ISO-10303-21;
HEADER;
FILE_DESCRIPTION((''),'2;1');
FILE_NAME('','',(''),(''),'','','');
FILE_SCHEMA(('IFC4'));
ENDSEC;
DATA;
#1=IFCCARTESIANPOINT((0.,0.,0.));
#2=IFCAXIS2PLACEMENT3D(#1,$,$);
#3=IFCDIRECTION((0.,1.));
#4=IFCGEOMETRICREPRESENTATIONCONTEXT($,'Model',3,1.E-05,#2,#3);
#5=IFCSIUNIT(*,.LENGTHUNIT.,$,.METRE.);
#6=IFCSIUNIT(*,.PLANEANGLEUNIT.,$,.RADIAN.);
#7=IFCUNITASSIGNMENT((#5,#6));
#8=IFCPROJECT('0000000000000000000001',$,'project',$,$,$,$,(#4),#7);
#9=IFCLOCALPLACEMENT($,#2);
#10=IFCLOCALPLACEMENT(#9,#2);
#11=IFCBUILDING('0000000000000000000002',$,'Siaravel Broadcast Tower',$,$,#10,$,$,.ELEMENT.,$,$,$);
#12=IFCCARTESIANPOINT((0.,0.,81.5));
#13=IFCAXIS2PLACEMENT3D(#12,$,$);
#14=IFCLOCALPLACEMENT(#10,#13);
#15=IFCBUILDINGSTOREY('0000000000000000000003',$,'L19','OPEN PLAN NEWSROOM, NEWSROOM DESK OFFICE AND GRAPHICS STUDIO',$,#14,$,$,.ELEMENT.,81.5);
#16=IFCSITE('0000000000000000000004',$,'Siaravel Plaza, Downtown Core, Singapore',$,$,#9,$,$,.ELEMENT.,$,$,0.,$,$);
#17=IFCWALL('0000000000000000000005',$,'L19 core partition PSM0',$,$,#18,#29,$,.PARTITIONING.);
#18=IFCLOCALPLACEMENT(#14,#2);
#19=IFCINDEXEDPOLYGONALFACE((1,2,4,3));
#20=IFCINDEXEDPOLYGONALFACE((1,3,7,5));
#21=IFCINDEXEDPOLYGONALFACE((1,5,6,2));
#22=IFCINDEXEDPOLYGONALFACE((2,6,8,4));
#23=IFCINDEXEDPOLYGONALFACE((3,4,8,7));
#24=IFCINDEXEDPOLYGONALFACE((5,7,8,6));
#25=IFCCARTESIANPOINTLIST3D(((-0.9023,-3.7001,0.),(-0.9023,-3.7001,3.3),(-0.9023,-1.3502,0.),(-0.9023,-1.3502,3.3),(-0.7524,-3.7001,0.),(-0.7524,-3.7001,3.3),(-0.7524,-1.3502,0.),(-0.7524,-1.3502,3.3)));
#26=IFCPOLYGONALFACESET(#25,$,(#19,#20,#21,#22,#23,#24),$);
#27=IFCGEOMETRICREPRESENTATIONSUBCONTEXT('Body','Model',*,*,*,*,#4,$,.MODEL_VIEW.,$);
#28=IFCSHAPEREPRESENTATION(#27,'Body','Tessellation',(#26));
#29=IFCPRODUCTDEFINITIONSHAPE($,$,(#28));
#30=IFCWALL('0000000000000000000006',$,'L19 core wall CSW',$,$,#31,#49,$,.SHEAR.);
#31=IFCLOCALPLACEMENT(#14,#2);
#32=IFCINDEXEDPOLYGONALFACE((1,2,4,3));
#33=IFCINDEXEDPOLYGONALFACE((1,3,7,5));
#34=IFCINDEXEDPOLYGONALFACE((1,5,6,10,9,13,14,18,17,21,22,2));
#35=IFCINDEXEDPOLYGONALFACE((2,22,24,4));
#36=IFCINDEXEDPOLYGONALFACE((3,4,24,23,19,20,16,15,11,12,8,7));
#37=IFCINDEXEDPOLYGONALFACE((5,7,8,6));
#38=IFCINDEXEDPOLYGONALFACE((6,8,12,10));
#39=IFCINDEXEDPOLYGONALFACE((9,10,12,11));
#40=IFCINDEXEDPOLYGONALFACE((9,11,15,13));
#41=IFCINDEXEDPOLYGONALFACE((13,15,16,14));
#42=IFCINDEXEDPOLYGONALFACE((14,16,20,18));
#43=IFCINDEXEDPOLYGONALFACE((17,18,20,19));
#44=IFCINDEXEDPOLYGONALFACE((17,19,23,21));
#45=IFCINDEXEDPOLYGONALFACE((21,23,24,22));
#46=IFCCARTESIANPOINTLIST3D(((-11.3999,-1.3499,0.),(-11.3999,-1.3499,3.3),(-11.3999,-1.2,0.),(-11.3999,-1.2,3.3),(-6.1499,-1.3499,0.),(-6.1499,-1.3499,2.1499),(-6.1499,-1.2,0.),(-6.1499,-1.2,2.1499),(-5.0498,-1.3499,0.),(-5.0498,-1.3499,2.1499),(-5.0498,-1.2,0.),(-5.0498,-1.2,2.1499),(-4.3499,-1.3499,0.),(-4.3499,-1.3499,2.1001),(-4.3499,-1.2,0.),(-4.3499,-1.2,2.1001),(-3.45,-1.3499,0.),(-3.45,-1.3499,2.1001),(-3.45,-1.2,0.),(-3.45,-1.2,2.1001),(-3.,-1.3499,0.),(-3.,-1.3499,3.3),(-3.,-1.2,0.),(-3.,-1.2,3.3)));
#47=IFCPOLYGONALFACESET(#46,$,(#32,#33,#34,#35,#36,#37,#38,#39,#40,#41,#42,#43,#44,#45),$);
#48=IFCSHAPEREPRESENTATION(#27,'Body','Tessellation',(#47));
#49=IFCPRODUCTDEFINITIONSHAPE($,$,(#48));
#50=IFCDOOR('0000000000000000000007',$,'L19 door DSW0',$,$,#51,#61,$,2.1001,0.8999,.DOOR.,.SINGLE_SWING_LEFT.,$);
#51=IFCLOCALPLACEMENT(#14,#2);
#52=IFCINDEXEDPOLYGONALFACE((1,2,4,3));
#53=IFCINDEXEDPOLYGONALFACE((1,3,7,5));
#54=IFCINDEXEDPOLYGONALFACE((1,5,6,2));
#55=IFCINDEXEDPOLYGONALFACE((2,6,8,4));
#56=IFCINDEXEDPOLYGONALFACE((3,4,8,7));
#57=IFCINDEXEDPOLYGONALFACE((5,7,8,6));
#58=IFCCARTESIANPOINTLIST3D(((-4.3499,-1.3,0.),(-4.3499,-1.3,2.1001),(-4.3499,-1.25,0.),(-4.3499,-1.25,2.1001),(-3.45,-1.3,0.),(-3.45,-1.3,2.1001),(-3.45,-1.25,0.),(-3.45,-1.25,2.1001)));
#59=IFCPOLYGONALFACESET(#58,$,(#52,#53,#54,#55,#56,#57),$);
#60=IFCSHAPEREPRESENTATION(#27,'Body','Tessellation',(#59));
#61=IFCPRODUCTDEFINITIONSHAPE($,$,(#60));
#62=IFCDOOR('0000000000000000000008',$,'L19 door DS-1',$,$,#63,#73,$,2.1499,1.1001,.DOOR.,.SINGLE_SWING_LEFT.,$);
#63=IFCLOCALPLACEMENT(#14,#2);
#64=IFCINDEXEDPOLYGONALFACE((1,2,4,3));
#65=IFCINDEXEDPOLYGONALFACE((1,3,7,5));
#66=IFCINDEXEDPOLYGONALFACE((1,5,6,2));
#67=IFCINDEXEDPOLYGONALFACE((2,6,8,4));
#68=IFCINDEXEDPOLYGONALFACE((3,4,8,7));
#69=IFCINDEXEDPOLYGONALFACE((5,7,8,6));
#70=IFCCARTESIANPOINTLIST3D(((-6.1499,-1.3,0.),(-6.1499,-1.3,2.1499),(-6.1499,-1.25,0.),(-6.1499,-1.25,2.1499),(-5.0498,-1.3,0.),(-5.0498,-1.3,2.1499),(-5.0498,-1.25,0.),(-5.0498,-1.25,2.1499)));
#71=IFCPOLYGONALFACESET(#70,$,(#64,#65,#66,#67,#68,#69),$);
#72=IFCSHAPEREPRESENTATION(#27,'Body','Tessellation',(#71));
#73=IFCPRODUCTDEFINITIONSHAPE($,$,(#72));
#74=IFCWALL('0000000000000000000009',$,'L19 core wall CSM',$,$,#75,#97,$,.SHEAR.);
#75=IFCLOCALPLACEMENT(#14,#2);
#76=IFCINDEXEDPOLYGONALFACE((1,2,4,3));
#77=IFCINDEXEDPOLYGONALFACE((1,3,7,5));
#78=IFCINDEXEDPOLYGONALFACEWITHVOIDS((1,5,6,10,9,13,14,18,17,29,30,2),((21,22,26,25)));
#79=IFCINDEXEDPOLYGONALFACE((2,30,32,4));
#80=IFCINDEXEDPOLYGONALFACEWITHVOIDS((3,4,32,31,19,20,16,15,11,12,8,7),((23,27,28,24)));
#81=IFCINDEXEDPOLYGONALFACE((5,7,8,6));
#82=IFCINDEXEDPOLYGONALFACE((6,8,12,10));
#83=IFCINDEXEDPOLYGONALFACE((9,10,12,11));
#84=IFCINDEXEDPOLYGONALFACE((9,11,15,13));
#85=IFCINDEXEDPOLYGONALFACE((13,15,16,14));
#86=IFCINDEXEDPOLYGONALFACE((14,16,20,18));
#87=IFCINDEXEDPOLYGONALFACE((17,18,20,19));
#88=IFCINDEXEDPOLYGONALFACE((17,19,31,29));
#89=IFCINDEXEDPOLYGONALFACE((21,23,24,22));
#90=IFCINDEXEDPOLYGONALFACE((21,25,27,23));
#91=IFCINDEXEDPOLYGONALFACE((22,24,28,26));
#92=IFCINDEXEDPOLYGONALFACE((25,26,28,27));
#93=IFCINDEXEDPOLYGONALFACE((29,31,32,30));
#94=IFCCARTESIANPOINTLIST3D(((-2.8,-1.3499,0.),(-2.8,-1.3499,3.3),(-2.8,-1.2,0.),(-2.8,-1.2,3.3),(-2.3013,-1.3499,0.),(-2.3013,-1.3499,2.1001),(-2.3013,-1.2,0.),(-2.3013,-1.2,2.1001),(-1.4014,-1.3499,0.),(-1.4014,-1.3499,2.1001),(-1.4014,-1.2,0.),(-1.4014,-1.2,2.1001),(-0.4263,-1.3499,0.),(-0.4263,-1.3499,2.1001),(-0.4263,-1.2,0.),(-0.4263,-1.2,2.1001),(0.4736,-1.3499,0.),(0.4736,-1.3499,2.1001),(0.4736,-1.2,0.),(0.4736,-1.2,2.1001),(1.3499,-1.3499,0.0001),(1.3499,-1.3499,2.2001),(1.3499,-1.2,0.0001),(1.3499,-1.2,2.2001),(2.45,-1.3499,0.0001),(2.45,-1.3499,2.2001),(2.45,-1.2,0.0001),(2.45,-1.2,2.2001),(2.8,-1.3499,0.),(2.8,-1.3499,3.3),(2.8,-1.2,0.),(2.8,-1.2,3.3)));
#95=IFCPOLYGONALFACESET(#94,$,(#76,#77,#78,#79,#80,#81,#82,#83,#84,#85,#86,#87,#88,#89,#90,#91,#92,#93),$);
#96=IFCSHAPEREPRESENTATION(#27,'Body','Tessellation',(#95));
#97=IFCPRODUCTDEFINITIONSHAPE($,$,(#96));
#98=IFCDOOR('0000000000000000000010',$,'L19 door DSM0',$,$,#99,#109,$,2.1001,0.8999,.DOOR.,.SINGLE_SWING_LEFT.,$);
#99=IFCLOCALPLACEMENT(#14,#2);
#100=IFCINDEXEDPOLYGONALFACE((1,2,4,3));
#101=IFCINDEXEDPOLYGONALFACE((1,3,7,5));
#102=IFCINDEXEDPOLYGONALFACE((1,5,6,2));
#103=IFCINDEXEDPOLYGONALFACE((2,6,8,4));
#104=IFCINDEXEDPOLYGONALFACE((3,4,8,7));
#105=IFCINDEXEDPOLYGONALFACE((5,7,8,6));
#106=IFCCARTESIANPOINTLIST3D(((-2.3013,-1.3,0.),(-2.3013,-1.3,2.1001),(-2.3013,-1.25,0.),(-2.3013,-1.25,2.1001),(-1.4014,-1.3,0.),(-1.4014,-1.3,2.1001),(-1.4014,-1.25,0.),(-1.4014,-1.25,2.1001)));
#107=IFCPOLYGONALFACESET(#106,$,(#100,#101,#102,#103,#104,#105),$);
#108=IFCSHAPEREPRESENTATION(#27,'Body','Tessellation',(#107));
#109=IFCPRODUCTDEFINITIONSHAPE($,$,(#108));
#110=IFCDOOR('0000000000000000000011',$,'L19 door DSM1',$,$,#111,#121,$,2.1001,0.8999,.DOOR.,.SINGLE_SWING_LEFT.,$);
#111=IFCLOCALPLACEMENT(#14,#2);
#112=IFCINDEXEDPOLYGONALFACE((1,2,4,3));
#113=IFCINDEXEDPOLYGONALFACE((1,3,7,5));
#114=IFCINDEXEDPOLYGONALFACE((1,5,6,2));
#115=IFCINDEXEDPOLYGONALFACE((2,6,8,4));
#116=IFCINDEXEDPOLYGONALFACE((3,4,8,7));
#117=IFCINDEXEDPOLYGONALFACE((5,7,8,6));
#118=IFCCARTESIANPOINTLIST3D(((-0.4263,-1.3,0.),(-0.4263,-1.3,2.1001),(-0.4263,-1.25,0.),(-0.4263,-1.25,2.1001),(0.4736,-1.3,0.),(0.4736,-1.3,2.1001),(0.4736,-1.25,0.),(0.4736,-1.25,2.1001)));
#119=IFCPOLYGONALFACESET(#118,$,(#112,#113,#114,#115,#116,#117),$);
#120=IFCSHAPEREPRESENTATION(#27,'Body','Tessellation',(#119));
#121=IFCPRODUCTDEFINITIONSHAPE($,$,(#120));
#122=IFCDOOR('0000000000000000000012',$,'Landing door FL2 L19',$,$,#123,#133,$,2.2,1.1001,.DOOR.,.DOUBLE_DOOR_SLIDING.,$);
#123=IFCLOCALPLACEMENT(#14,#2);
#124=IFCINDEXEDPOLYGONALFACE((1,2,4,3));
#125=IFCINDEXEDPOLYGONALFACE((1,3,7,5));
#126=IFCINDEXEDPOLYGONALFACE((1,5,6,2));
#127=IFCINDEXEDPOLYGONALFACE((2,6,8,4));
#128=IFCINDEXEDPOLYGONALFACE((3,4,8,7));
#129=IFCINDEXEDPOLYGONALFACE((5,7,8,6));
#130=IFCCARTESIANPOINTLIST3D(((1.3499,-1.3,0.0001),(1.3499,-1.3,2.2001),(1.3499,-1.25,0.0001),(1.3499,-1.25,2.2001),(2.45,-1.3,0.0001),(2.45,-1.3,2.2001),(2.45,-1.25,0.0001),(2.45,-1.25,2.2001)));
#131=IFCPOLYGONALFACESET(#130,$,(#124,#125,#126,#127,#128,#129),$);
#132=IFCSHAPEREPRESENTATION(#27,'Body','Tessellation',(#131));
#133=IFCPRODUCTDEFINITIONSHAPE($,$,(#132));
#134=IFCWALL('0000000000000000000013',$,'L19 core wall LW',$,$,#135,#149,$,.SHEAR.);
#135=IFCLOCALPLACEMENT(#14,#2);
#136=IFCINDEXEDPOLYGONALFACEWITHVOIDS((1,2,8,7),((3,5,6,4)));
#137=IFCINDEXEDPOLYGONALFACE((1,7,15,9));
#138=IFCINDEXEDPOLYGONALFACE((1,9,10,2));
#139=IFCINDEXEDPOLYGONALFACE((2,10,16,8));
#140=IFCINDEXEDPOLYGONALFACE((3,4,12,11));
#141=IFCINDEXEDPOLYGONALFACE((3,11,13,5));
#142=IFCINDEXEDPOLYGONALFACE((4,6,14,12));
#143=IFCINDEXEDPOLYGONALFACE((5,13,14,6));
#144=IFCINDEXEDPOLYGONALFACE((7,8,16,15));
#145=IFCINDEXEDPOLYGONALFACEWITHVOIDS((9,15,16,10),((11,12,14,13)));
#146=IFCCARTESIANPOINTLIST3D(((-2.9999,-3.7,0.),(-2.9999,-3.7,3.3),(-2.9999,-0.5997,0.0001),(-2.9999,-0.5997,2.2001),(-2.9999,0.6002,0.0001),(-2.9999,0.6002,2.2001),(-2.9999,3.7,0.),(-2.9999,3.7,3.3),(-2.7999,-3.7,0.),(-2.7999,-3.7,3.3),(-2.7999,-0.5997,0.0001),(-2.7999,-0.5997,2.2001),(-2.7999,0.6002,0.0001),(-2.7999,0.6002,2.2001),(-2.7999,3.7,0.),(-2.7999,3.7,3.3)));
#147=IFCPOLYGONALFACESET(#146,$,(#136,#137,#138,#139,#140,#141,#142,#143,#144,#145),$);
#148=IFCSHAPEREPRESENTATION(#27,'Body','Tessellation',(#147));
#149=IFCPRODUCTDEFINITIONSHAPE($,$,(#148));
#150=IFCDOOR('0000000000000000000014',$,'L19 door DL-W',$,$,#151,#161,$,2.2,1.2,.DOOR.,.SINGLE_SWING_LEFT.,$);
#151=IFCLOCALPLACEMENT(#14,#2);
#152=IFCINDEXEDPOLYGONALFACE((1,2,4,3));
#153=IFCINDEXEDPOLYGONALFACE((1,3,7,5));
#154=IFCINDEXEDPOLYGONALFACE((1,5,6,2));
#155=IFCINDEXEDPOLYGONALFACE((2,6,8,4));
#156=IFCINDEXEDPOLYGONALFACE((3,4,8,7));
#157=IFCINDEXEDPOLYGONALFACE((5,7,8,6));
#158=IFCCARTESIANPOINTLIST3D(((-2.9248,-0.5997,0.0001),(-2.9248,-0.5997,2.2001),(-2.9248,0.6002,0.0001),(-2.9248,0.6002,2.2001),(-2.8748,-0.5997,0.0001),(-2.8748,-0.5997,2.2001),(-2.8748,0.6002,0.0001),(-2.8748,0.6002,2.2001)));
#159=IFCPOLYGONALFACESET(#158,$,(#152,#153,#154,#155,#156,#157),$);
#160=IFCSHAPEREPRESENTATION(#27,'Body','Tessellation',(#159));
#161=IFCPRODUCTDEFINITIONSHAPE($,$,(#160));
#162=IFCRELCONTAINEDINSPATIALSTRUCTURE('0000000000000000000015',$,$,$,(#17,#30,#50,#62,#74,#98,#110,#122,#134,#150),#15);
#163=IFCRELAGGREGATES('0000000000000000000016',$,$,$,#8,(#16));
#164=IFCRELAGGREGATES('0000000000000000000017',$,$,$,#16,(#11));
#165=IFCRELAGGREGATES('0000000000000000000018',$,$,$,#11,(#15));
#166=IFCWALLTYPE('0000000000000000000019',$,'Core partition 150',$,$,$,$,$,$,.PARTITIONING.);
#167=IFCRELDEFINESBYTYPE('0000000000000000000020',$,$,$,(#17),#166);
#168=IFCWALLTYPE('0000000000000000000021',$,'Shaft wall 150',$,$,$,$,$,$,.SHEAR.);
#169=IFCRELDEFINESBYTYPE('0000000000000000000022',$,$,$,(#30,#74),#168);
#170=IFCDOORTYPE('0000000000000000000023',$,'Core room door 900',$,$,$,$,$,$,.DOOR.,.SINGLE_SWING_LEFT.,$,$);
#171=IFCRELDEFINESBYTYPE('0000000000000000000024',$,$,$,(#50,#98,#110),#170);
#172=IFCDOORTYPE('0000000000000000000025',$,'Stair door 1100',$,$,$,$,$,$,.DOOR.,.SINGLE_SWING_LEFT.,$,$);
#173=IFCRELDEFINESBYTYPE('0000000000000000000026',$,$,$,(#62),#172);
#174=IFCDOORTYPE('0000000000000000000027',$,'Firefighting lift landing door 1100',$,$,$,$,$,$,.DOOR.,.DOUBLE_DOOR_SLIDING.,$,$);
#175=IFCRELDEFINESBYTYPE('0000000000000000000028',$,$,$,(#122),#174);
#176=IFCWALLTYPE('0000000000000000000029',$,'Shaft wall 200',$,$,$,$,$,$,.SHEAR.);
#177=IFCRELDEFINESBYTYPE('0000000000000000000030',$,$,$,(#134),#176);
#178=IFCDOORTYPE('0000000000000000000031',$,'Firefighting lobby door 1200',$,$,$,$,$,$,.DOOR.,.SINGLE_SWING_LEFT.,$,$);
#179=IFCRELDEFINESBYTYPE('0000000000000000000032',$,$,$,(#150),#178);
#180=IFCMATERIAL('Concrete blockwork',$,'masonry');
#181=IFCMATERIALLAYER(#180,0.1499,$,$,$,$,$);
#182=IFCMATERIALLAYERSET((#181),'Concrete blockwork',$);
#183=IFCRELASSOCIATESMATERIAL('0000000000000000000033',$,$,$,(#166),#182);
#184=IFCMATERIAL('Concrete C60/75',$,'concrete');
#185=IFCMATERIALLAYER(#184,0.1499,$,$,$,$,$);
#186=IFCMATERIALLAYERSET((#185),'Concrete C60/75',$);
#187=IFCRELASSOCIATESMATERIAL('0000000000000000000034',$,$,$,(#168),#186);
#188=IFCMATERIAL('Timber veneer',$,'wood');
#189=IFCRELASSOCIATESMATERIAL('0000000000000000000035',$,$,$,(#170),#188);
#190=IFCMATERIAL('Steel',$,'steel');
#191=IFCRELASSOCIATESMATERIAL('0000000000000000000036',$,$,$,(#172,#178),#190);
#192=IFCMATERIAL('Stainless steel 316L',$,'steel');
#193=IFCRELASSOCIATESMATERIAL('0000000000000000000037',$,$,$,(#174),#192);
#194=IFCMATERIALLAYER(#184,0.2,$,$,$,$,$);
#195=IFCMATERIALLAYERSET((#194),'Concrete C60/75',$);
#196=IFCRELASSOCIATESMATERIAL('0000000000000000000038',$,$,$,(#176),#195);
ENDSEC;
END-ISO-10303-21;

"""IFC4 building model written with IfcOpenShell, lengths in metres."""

from ifc_helpers import new_model, si_unit, direction, frame, frame_2d, origin, place, context, subcontext, project, spatial, rectangle, extrude, material, layer, layer_set, type_object, element, fill, save


model = new_model("IFC4")

# Units and contexts
model_context = context("Model", 3, precision=1e-05, world=origin(), true_north=direction((0.0, 1.0)))
body_context = subcontext(model_context, "Body", "Model", "MODEL_VIEW")
ifc_project = project(units=[si_unit("LENGTHUNIT", "METRE"), si_unit("PLANEANGLEUNIT", "RADIAN")], contexts=[model_context])

# Site, building, storey
site_placement = place(None, origin())
site = spatial("IfcSite", under=ifc_project, at=site_placement, Name="Siaravel Plaza, Downtown Core, Singapore", CompositionType="ELEMENT", RefElevation=0.0)
building_placement = place(site_placement, origin())
building = spatial("IfcBuilding", under=site, at=building_placement, Name="Siaravel Broadcast Tower", CompositionType="ELEMENT")
storey_placement = place(building_placement, frame((0.0, 0.0, 81.5)))
storey = spatial("IfcBuildingStorey", under=building, at=storey_placement, Name="L19", Description="OPEN PLAN NEWSROOM, NEWSROOM DESK OFFICE AND GRAPHICS STUDIO", CompositionType="ELEMENT", Elevation=81.5)

# Wall
ifc_material_1 = material(Name="Concrete blockwork", Category="masonry")
ifc_layer_1 = layer(ifc_material_1, 0.1499)
ifc_layer_set_1 = layer_set([ifc_layer_1], Name="Concrete blockwork")
wall_type_1 = type_object("IfcWallType", Name="Core partition 150", PredefinedType="PARTITIONING", material=ifc_layer_set_1)
wall_1_placement = place(storey_placement, frame((-0.8274, -3.7, 0.0), z_axis=(0.0, 0.0, 1.0), x_axis=(0.0, 1.0, 0.0)))
element("IfcWall", 1, at=wall_1_placement, inside=storey, type_object=wall_type_1, Name="L19 core partition PSM0", PredefinedType="PARTITIONING", context=body_context, shape_type="SweptSolid", body=[
    extrude(rectangle(XDim=2.3499, YDim=0.1499, at=frame_2d((1.1748, 0.0))), origin(), (0.0, 0.0, 1.0), 3.3),
])

# Walls, openings, doors
ifc_material_2 = material(Name="Concrete C60/75", Category="concrete")
ifc_layer_2 = layer(ifc_material_2, 0.1499)
ifc_layer_set_2 = layer_set([ifc_layer_2], Name="Concrete C60/75")
wall_type_2 = type_object("IfcWallType", Name="Shaft wall 150", PredefinedType="SHEAR", material=ifc_layer_set_2)
wall_2_placement = place(storey_placement, frame((-11.3999, -1.2749, 0.0), z_axis=(0.0, 0.0, 1.0), x_axis=(1.0, 0.0, 0.0)))
wall_2 = element("IfcWall", 2, at=wall_2_placement, inside=storey, type_object=wall_type_2, Name="L19 core wall CSW", PredefinedType="SHEAR", context=body_context, shape_type="SweptSolid", body=[
    extrude(rectangle(XDim=8.3999, YDim=0.1499, at=frame_2d((4.2, 0.0))), origin(), (0.0, 0.0, 1.0), 3.3),
])
opening_1_placement = place(wall_2_placement, frame((5.25, 0.0, 0.0)))
opening_1 = element("IfcOpeningElement", 3, at=opening_1_placement, cuts=wall_2, PredefinedType="OPENING", context=body_context, shape_type="SweptSolid", body=[
    extrude(rectangle(XDim=1.1001, YDim=2.1499, at=frame_2d((0.55, 1.075))), frame((0.0, 0.085, 0.0), z_axis=(0.0, -1.0, 0.0), x_axis=(1.0, 0.0, 0.0)), (0.0, 0.0, 1.0), 0.1699),
])
opening_2_placement = place(wall_2_placement, frame((7.05, 0.0, 0.0)))
opening_2 = element("IfcOpeningElement", 4, at=opening_2_placement, cuts=wall_2, PredefinedType="OPENING", context=body_context, shape_type="SweptSolid", body=[
    extrude(rectangle(XDim=0.8999, YDim=2.1001, at=frame_2d((0.45, 1.05))), frame((0.0, 0.085, 0.0), z_axis=(0.0, -1.0, 0.0), x_axis=(1.0, 0.0, 0.0)), (0.0, 0.0, 1.0), 0.1699),
])
ifc_material_3 = material(Name="Timber veneer", Category="wood")
door_type_1 = type_object("IfcDoorType", Name="Core room door 900", OperationType="SINGLE_SWING_LEFT", PredefinedType="DOOR", material=ifc_material_3)
door_1_placement = place(opening_2_placement, origin())
door_1 = element("IfcDoor", 5, at=door_1_placement, inside=storey, type_object=door_type_1, Name="L19 door DSW0", OperationType="SINGLE_SWING_LEFT", OverallHeight=2.1001, OverallWidth=0.8999, PredefinedType="DOOR", context=body_context, shape_type="SweptSolid", body=[
    extrude(rectangle(XDim=0.8999, YDim=2.1001, at=frame_2d((0.45, 1.05))), frame((0.0, 0.0249, 0.0), z_axis=(0.0, -1.0, 0.0), x_axis=(1.0, 0.0, 0.0)), (0.0, 0.0, 1.0), 0.05),
])
fill(opening_2, door_1)
ifc_material_4 = material(Name="Steel", Category="steel")
door_type_2 = type_object("IfcDoorType", Name="Stair door 1100", OperationType="SINGLE_SWING_LEFT", PredefinedType="DOOR", material=ifc_material_4)
door_2_placement = place(opening_1_placement, origin())
door_2 = element("IfcDoor", 6, at=door_2_placement, inside=storey, type_object=door_type_2, Name="L19 door DS-1", OperationType="SINGLE_SWING_LEFT", OverallHeight=2.1499, OverallWidth=1.1001, PredefinedType="DOOR", context=body_context, shape_type="SweptSolid", body=[
    extrude(rectangle(XDim=1.1001, YDim=2.1499, at=frame_2d((0.55, 1.075))), frame((0.0, 0.0249, 0.0), z_axis=(0.0, -1.0, 0.0), x_axis=(1.0, 0.0, 0.0)), (0.0, 0.0, 1.0), 0.05),
])
fill(opening_1, door_2)
wall_3_placement = place(storey_placement, frame((-2.8, -1.2749, 0.0), z_axis=(0.0, 0.0, 1.0), x_axis=(1.0, 0.0, 0.0)))
wall_3 = element("IfcWall", 7, at=wall_3_placement, inside=storey, type_object=wall_type_2, Name="L19 core wall CSM", PredefinedType="SHEAR", context=body_context, shape_type="SweptSolid", body=[
    extrude(rectangle(XDim=5.6001, YDim=0.1499, at=frame_2d((2.8, 0.0))), origin(), (0.0, 0.0, 1.0), 3.3),
])
opening_3_placement = place(wall_3_placement, frame((4.1499, 0.0, 0.0)))
opening_3 = element("IfcOpeningElement", 8, at=opening_3_placement, cuts=wall_3, PredefinedType="OPENING", context=body_context, shape_type="SweptSolid", body=[
    extrude(rectangle(XDim=1.1001, YDim=2.2, at=frame_2d((0.55, 1.1001))), frame((0.0, 0.085, 0.0), z_axis=(0.0, -1.0, 0.0), x_axis=(1.0, 0.0, 0.0)), (0.0, 0.0, 1.0), 0.1699),
])
opening_4_placement = place(wall_3_placement, frame((0.4988, 0.0, 0.0)))
opening_4 = element("IfcOpeningElement", 9, at=opening_4_placement, cuts=wall_3, PredefinedType="OPENING", context=body_context, shape_type="SweptSolid", body=[
    extrude(rectangle(XDim=0.8999, YDim=2.1001, at=frame_2d((0.45, 1.05))), frame((0.0, 0.085, 0.0), z_axis=(0.0, -1.0, 0.0), x_axis=(1.0, 0.0, 0.0)), (0.0, 0.0, 1.0), 0.1699),
])
opening_5_placement = place(wall_3_placement, frame((2.3738, 0.0, 0.0)))
opening_5 = element("IfcOpeningElement", 10, at=opening_5_placement, cuts=wall_3, PredefinedType="OPENING", context=body_context, shape_type="SweptSolid", body=[
    extrude(rectangle(XDim=0.8999, YDim=2.1001, at=frame_2d((0.45, 1.05))), frame((0.0, 0.085, 0.0), z_axis=(0.0, -1.0, 0.0), x_axis=(1.0, 0.0, 0.0)), (0.0, 0.0, 1.0), 0.1699),
])
door_3_placement = place(opening_4_placement, origin())
door_3 = element("IfcDoor", 11, at=door_3_placement, inside=storey, type_object=door_type_1, Name="L19 door DSM0", OperationType="SINGLE_SWING_LEFT", OverallHeight=2.1001, OverallWidth=0.8999, PredefinedType="DOOR", context=body_context, shape_type="SweptSolid", body=[
    extrude(rectangle(XDim=0.8999, YDim=2.1001, at=frame_2d((0.45, 1.05))), frame((0.0, 0.0249, 0.0), z_axis=(0.0, -1.0, 0.0), x_axis=(1.0, 0.0, 0.0)), (0.0, 0.0, 1.0), 0.05),
])
fill(opening_4, door_3)
door_4_placement = place(opening_5_placement, origin())
door_4 = element("IfcDoor", 12, at=door_4_placement, inside=storey, type_object=door_type_1, Name="L19 door DSM1", OperationType="SINGLE_SWING_LEFT", OverallHeight=2.1001, OverallWidth=0.8999, PredefinedType="DOOR", context=body_context, shape_type="SweptSolid", body=[
    extrude(rectangle(XDim=0.8999, YDim=2.1001, at=frame_2d((0.45, 1.05))), frame((0.0, 0.0249, 0.0), z_axis=(0.0, -1.0, 0.0), x_axis=(1.0, 0.0, 0.0)), (0.0, 0.0, 1.0), 0.05),
])
fill(opening_5, door_4)
ifc_material_5 = material(Name="Stainless steel 316L", Category="steel")
door_type_3 = type_object("IfcDoorType", Name="Firefighting lift landing door 1100", OperationType="DOUBLE_DOOR_SLIDING", PredefinedType="DOOR", material=ifc_material_5)
door_5_placement = place(opening_3_placement, origin())
door_5 = element("IfcDoor", 13, at=door_5_placement, inside=storey, type_object=door_type_3, Name="Landing door FL2 L19", OperationType="DOUBLE_DOOR_SLIDING", OverallHeight=2.2, OverallWidth=1.1001, PredefinedType="DOOR", context=body_context, shape_type="SweptSolid", body=[
    extrude(rectangle(XDim=1.1001, YDim=2.2, at=frame_2d((0.55, 1.1001))), frame((0.0, 0.0249, 0.0), z_axis=(0.0, -1.0, 0.0), x_axis=(1.0, 0.0, 0.0)), (0.0, 0.0, 1.0), 0.05),
])
fill(opening_3, door_5)

# Wall, opening, door
ifc_layer_3 = layer(ifc_material_2, 0.2)
ifc_layer_set_3 = layer_set([ifc_layer_3], Name="Concrete C60/75")
wall_type_3 = type_object("IfcWallType", Name="Shaft wall 200", PredefinedType="SHEAR", material=ifc_layer_set_3)
wall_4_placement = place(storey_placement, frame((-2.8999, -3.7, 0.0), z_axis=(0.0, 0.0, 1.0), x_axis=(0.0, 1.0, 0.0)))
wall_4 = element("IfcWall", 14, at=wall_4_placement, inside=storey, type_object=wall_type_3, Name="L19 core wall LW", PredefinedType="SHEAR", context=body_context, shape_type="SweptSolid", body=[
    extrude(rectangle(XDim=7.3999, YDim=0.2, at=frame_2d((3.7, 0.0))), origin(), (0.0, 0.0, 1.0), 3.3),
])
opening_6_placement = place(wall_4_placement, frame((3.1001, 0.0, 0.0)))
opening_6 = element("IfcOpeningElement", 15, at=opening_6_placement, cuts=wall_4, PredefinedType="OPENING", context=body_context, shape_type="SweptSolid", body=[
    extrude(rectangle(XDim=1.2, YDim=2.2, at=frame_2d((0.6001, 1.1001))), frame((0.0, 0.1099, 0.0), z_axis=(0.0, -1.0, 0.0), x_axis=(1.0, 0.0, 0.0)), (0.0, 0.0, 1.0), 0.22),
])
door_type_4 = type_object("IfcDoorType", Name="Firefighting lobby door 1200", OperationType="SINGLE_SWING_LEFT", PredefinedType="DOOR", material=ifc_material_4)
door_6_placement = place(opening_6_placement, origin())
door_6 = element("IfcDoor", 16, at=door_6_placement, inside=storey, type_object=door_type_4, Name="L19 door DL-W", OperationType="SINGLE_SWING_LEFT", OverallHeight=2.2, OverallWidth=1.2, PredefinedType="DOOR", context=body_context, shape_type="SweptSolid", body=[
    extrude(rectangle(XDim=1.2, YDim=2.2, at=frame_2d((0.6001, 1.1001))), frame((0.0, 0.0249, 0.0), z_axis=(0.0, -1.0, 0.0), x_axis=(1.0, 0.0, 0.0)), (0.0, 0.0, 1.0), 0.05),
])
fill(opening_6, door_6)

save(model, "model.ifc")
